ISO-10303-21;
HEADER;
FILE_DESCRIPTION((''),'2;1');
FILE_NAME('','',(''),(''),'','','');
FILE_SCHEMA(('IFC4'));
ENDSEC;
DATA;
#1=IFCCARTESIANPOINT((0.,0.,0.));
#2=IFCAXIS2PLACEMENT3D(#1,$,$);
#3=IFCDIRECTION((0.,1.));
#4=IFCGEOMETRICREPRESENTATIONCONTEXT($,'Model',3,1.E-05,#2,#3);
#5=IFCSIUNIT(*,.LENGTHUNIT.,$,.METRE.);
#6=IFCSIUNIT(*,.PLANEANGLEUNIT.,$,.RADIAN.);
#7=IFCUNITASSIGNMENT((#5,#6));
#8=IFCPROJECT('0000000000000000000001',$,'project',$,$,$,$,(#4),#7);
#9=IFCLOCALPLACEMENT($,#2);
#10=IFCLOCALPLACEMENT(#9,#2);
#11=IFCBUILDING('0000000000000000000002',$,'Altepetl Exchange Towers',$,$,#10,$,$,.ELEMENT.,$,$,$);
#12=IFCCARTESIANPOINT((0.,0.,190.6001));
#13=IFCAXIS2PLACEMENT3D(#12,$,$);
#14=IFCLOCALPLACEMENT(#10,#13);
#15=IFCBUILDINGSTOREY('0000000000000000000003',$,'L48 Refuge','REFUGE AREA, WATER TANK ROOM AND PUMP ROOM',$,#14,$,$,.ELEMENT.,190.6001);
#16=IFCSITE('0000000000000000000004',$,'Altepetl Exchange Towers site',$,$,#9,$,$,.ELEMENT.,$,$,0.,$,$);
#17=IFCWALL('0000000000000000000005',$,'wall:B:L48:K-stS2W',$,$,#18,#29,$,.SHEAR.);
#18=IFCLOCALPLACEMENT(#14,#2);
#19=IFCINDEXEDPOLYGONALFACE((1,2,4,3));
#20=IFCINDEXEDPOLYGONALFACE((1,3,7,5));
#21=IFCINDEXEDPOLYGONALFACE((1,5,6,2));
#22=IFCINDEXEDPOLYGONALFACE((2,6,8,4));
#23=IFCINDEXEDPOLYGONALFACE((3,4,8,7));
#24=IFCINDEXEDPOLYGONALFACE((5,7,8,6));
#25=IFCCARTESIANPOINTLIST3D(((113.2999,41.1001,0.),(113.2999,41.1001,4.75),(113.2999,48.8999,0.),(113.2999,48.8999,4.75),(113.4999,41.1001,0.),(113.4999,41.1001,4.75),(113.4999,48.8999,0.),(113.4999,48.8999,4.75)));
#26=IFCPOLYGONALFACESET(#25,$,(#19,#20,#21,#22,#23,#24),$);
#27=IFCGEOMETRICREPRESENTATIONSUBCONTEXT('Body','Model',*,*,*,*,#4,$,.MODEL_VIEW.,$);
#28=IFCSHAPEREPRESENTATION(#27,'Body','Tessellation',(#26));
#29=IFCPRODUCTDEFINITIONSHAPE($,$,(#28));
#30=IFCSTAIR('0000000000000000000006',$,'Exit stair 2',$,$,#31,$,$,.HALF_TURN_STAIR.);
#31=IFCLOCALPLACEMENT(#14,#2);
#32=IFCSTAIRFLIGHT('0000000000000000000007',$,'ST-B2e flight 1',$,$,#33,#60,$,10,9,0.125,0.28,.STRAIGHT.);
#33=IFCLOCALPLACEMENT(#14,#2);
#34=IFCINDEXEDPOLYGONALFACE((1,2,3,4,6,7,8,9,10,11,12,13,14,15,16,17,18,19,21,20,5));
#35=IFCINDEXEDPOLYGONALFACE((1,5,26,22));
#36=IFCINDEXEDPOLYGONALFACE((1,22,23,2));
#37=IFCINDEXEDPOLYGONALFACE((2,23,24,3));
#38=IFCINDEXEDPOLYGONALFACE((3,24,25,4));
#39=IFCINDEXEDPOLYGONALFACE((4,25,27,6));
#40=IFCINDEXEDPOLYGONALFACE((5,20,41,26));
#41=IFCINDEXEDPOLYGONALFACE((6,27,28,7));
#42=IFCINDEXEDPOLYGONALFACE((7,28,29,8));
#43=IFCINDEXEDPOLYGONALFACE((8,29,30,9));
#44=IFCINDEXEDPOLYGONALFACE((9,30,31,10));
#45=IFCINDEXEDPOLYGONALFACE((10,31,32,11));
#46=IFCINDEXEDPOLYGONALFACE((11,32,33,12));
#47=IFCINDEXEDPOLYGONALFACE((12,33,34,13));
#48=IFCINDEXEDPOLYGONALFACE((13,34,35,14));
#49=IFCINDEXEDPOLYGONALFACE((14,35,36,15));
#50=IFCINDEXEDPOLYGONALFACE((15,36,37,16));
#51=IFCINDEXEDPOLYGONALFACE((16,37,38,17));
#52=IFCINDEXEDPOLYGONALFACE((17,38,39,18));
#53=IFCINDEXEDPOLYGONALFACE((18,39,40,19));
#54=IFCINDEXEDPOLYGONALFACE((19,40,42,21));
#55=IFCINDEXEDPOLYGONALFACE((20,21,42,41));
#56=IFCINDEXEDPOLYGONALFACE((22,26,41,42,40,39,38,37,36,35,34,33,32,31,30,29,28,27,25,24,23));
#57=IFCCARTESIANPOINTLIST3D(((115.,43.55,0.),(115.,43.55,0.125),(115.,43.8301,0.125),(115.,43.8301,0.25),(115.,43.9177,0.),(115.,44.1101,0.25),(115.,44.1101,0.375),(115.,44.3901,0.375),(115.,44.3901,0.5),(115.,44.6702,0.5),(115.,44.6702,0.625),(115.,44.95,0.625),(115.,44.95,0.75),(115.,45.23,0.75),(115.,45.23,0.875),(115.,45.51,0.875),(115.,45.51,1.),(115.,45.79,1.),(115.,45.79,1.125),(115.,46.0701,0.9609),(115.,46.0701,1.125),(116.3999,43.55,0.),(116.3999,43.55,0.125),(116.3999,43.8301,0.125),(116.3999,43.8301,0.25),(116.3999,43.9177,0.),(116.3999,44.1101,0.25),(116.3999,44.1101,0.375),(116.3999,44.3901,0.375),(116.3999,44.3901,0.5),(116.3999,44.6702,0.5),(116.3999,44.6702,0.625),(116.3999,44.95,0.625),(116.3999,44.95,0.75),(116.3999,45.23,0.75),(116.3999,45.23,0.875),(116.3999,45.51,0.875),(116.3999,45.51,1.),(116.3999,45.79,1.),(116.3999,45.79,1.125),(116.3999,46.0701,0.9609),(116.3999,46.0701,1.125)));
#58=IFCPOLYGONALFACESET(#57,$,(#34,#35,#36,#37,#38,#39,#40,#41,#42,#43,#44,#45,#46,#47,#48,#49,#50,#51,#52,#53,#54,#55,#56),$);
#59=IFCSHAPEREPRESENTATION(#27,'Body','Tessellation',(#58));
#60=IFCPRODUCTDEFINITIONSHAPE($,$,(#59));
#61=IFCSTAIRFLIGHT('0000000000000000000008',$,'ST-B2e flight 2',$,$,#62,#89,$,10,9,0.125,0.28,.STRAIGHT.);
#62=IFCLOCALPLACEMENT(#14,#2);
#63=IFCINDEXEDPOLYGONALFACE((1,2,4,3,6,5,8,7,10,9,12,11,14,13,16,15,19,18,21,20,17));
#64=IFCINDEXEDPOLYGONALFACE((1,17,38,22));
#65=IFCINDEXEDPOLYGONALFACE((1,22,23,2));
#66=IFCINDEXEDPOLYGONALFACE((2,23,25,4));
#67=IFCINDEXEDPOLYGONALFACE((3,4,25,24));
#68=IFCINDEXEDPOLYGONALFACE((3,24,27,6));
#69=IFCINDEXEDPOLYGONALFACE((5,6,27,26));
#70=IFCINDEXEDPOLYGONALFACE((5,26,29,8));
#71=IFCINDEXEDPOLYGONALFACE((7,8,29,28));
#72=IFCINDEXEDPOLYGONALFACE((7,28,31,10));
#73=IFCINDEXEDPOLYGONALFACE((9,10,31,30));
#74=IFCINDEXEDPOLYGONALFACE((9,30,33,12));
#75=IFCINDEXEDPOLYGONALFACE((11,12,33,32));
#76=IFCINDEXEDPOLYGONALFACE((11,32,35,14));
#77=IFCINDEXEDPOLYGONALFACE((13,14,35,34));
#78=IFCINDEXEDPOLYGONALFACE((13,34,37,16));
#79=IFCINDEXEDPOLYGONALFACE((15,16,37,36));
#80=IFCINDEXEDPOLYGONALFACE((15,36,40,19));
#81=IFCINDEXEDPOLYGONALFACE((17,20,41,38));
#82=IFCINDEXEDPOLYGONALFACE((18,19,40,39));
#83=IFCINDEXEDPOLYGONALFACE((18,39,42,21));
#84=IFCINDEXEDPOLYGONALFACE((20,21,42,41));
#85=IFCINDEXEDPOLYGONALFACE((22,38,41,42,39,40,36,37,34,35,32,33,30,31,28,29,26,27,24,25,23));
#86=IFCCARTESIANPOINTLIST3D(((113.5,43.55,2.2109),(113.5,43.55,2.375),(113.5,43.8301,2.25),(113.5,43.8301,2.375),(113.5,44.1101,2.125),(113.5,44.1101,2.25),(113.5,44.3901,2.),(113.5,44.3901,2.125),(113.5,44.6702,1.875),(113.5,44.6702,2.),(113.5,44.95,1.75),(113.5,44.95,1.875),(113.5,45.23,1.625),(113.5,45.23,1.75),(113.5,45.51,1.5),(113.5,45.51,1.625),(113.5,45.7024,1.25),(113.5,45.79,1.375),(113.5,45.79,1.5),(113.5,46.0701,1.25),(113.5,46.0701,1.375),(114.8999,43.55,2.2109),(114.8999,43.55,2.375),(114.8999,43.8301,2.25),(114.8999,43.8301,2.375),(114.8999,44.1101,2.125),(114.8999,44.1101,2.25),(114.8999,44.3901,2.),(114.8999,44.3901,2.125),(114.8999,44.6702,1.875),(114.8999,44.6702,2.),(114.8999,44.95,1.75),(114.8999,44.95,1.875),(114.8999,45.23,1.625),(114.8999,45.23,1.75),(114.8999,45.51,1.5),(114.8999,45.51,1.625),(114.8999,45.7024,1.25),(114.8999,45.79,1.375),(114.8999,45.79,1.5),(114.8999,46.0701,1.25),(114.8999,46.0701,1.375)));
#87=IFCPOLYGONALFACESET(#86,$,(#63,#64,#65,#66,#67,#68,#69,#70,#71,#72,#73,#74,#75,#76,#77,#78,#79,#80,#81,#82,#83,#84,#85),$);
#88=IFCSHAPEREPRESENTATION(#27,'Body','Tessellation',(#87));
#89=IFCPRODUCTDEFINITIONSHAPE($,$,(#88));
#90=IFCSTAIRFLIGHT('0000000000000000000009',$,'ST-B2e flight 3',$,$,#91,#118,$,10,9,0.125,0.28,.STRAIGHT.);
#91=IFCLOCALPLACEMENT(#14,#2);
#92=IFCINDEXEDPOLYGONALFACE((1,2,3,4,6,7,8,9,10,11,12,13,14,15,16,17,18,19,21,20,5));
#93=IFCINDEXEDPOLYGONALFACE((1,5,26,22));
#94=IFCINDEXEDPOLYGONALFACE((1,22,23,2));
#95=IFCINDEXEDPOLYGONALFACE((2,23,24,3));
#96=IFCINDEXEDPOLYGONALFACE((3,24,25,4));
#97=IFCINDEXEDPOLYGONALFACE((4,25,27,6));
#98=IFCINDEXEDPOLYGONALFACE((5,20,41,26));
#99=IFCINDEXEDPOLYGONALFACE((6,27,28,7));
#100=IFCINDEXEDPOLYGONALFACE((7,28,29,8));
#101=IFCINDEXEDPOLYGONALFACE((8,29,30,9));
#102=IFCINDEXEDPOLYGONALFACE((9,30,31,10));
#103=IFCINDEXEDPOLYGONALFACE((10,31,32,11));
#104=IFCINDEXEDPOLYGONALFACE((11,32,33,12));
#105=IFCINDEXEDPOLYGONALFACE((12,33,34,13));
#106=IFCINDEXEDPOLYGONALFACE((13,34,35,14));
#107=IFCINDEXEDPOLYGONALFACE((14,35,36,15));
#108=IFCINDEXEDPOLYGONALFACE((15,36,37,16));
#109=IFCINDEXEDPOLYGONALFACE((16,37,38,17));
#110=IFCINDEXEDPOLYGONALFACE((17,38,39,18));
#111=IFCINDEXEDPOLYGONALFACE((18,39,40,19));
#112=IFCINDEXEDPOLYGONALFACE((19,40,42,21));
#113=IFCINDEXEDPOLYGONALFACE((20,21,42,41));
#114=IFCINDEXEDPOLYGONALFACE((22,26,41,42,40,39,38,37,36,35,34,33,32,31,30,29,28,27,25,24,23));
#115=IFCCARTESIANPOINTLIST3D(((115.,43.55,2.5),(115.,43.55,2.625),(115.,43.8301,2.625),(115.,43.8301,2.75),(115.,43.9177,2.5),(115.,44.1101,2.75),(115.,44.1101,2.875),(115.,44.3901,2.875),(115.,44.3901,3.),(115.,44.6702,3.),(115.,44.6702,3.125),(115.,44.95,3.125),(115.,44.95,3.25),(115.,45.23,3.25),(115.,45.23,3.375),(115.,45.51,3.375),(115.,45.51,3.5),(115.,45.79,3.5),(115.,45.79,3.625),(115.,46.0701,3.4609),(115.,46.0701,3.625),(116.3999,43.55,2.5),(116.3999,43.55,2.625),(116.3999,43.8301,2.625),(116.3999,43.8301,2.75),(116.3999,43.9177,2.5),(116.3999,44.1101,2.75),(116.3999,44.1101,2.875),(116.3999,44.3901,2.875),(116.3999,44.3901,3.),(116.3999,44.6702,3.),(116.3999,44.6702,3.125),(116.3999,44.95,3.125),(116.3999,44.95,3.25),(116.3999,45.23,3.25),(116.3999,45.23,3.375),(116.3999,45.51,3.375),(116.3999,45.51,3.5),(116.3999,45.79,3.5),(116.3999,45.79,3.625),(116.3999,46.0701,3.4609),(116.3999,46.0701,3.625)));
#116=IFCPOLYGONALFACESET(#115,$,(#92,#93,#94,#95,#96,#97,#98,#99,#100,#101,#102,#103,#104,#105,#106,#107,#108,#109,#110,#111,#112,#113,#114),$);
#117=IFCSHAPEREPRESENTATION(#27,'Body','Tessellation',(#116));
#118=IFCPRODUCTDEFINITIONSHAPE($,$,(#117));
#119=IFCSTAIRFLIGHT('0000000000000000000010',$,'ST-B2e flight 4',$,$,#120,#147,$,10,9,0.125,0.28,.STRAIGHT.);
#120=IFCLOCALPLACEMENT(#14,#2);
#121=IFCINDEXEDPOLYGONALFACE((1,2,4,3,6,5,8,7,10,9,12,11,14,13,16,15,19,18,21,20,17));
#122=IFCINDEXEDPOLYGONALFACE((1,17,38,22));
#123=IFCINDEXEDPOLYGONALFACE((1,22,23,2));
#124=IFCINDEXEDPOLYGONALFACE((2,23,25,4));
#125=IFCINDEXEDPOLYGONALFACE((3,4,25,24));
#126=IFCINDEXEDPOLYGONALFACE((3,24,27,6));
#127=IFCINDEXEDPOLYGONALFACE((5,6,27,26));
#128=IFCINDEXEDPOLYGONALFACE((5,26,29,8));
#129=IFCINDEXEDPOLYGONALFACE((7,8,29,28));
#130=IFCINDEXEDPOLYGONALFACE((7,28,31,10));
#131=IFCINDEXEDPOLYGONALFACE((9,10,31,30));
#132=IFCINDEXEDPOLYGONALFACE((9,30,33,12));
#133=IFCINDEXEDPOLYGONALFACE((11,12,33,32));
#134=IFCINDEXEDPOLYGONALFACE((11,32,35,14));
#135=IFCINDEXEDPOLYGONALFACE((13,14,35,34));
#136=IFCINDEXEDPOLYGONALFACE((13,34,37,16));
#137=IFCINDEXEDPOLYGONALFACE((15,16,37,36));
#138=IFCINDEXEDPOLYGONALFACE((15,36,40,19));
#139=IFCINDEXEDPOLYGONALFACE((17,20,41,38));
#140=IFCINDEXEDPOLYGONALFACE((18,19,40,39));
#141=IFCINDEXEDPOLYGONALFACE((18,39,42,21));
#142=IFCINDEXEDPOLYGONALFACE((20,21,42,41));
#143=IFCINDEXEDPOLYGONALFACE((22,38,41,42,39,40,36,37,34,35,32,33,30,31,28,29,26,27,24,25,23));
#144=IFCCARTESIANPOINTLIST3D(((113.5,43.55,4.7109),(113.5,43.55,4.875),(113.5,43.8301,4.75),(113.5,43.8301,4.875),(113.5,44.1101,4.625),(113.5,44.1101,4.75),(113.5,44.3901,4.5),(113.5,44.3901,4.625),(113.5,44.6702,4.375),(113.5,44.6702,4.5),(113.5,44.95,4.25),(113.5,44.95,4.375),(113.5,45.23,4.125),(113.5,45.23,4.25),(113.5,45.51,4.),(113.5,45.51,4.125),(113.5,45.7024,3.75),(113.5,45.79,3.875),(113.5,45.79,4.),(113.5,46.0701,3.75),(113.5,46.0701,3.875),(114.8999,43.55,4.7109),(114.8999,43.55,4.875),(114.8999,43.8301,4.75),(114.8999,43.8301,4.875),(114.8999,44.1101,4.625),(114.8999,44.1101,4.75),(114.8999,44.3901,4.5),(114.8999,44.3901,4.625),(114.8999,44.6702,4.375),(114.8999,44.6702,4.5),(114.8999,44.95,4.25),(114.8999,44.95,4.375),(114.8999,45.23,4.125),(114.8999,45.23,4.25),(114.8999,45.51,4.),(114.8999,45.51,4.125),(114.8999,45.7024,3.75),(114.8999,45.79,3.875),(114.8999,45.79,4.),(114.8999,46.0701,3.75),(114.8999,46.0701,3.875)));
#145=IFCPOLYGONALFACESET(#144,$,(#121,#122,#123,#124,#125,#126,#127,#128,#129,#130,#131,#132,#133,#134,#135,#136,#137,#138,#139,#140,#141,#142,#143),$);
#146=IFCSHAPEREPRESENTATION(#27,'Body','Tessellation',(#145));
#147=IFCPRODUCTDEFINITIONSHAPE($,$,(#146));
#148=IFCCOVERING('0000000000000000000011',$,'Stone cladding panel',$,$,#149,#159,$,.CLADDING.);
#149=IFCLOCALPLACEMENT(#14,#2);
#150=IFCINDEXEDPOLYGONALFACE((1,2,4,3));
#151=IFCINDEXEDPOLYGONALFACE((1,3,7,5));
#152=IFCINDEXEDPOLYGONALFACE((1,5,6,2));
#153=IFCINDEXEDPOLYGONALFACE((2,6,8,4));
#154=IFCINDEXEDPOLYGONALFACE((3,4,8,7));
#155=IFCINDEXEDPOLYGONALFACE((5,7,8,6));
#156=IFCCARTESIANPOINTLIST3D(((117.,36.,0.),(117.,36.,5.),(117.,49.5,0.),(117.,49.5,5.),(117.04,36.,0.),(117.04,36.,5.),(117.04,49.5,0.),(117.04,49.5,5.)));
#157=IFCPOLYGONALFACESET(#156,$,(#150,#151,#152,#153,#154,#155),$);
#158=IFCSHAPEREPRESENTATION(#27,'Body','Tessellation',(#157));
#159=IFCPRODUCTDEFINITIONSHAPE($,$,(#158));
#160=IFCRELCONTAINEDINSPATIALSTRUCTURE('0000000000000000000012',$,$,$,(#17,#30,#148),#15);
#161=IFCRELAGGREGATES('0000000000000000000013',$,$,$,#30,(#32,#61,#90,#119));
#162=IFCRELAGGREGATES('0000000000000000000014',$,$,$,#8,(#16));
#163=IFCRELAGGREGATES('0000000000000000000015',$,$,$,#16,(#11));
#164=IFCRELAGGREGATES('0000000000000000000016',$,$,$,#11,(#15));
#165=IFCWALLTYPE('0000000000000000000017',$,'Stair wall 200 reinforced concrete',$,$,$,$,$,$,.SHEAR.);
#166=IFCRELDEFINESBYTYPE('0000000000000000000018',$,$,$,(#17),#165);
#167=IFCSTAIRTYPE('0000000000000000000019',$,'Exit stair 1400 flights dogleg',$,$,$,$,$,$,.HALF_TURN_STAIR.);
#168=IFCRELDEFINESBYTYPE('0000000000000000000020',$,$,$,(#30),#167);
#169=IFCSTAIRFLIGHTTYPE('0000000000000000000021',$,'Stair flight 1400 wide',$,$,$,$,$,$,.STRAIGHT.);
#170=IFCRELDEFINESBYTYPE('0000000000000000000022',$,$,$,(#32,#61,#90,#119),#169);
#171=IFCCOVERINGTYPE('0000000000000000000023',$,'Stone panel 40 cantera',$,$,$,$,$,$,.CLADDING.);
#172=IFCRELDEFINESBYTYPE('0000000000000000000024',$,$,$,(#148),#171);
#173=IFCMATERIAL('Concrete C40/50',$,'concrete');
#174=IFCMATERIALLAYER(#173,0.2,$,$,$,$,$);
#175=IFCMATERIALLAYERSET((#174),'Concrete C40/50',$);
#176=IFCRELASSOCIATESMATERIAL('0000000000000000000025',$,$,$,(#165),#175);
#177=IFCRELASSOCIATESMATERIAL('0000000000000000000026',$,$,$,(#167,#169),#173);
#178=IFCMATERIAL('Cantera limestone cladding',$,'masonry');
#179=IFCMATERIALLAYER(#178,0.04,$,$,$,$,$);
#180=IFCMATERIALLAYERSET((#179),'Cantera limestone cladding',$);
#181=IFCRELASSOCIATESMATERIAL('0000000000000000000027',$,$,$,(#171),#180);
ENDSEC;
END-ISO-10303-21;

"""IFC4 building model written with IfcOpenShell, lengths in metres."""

from ifc_helpers import new_model, si_unit, direction, frame, frame_2d, origin, origin_2d, place, context, subcontext, project, spatial, polyline, rectangle, outline, extrude, material, layer, layer_set, type_object, element, aggregate, save


model = new_model("IFC4")

# Units and contexts
model_context = context("Model", 3, precision=1e-05, world=origin(), true_north=direction((0.0, 1.0)))
body_context = subcontext(model_context, "Body", "Model", "MODEL_VIEW")
ifc_project = project(units=[si_unit("LENGTHUNIT", "METRE"), si_unit("PLANEANGLEUNIT", "RADIAN")], contexts=[model_context])

# Site, building, storey
site_placement = place(None, origin())
site = spatial("IfcSite", under=ifc_project, at=site_placement, Name="Altepetl Exchange Towers site", CompositionType="ELEMENT", RefElevation=0.0)
building_placement = place(site_placement, origin())
building = spatial("IfcBuilding", under=site, at=building_placement, Name="Altepetl Exchange Towers", CompositionType="ELEMENT")
storey_placement = place(building_placement, frame((0.0, 0.0, 190.6001)))
storey = spatial("IfcBuildingStorey", under=building, at=storey_placement, Name="L48 Refuge", Description="REFUGE AREA, WATER TANK ROOM AND PUMP ROOM", CompositionType="ELEMENT", Elevation=190.6001)

# Shared definitions
ifc_material_1 = material(Name="Concrete C40/50", Category="concrete")

# Shared definitions
ifc_layer_1 = layer(ifc_material_1, 0.2)
ifc_layer_set_1 = layer_set([ifc_layer_1], Name="Concrete C40/50")
wall_type_1 = type_object("IfcWallType", Name="Stair wall 200 reinforced concrete", PredefinedType="SHEAR", material=ifc_layer_set_1)

# Wall
wall_1_placement = place(storey_placement, frame((113.3999, 41.1001, 0.0), z_axis=(0.0, 0.0, 1.0), x_axis=(0.0, 1.0, 0.0)))
element("IfcWall", 1, at=wall_1_placement, inside=storey, type_object=wall_type_1, Name="wall:B:L48:K-stS2W", PredefinedType="SHEAR", context=body_context, shape_type="SweptSolid", body=[
    extrude(rectangle(XDim=7.7998, YDim=0.2, at=frame_2d((3.8999, 0.0))), origin(), (0.0, 0.0, 1.0), 4.75),
])

# Stair, stair flights
stair_type = type_object("IfcStairType", Name="Exit stair 1400 flights dogleg", PredefinedType="HALF_TURN_STAIR", material=ifc_material_1)
stair_placement = place(storey_placement, origin())
stair = element("IfcStair", 2, at=stair_placement, inside=storey, type_object=stair_type, Name="Exit stair 2", PredefinedType="HALF_TURN_STAIR")
stair_flight_type = type_object("IfcStairFlightType", Name="Stair flight 1400 wide", PredefinedType="STRAIGHT", material=ifc_material_1)
stair_flight_1_placement = place(storey_placement, frame((115.7, 43.55, 0.0), z_axis=(0.0, 0.0, 1.0), x_axis=(0.0, 1.0, 0.0)))
stair_flight_1 = element("IfcStairFlight", 3, at=stair_flight_1_placement, type_object=stair_flight_type, Name="ST-B2e flight 1", NumberOfRisers=10, NumberOfTreads=9, PredefinedType="STRAIGHT", RiserHeight=0.125, TreadLength=0.28, context=body_context, shape_type="SweptSolid", body=[
    extrude(outline(polyline([(0.0, 0.0), (0.0, 0.125), (0.28, 0.125), (0.28, 0.25), (0.5601, 0.25), (0.5601, 0.375), (0.8401, 0.375), (0.8401, 0.5), (1.1201, 0.5), (1.1201, 0.625), (1.3999, 0.625), (1.3999, 0.75), (1.6799, 0.75), (1.6799, 0.875), (1.96, 0.875), (1.96, 1.0), (2.24, 1.0), (2.24, 1.125), (2.52, 1.125), (2.52, 1.25), (2.52, 0.9609), (0.3677, 0.0), (0.0, 0.0)])), frame((0.0, 0.7, 0.0), z_axis=(0.0, -1.0, 0.0), x_axis=(1.0, 0.0, 0.0)), (0.0, 0.0, 1.0), 1.3999),
])
stair_flight_2_placement = place(storey_placement, frame((114.2, 46.0701, 1.25), z_axis=(0.0, 0.0, 1.0), x_axis=(0.0, -1.0, 0.0)))
stair_flight_2 = element("IfcStairFlight", 4, at=stair_flight_2_placement, type_object=stair_flight_type, Name="ST-B2e flight 2", NumberOfRisers=10, NumberOfTreads=9, PredefinedType="STRAIGHT", RiserHeight=0.125, TreadLength=0.28, context=body_context, shape_type="SweptSolid", body=[
    extrude(outline(polyline([(0.0, 0.0), (0.0, 0.125), (0.28, 0.125), (0.28, 0.25), (0.5601, 0.25), (0.5601, 0.375), (0.8401, 0.375), (0.8401, 0.5), (1.1201, 0.5), (1.1201, 0.625), (1.3999, 0.625), (1.3999, 0.75), (1.6799, 0.75), (1.6799, 0.875), (1.96, 0.875), (1.96, 1.0), (2.24, 1.0), (2.24, 1.125), (2.52, 1.125), (2.52, 1.25), (2.52, 0.9609), (0.3677, 0.0), (0.0, 0.0)])), frame((0.0, 0.7, 0.0), z_axis=(0.0, -1.0, 0.0), x_axis=(1.0, 0.0, 0.0)), (0.0, 0.0, 1.0), 1.3999),
])
stair_flight_3_placement = place(storey_placement, frame((115.7, 43.55, 2.5), z_axis=(0.0, 0.0, 1.0), x_axis=(0.0, 1.0, 0.0)))
stair_flight_3 = element("IfcStairFlight", 5, at=stair_flight_3_placement, type_object=stair_flight_type, Name="ST-B2e flight 3", NumberOfRisers=10, NumberOfTreads=9, PredefinedType="STRAIGHT", RiserHeight=0.125, TreadLength=0.28, context=body_context, shape_type="SweptSolid", body=[
    extrude(outline(polyline([(0.0, 0.0), (0.0, 0.125), (0.28, 0.125), (0.28, 0.25), (0.5601, 0.25), (0.5601, 0.375), (0.8401, 0.375), (0.8401, 0.5), (1.1201, 0.5), (1.1201, 0.625), (1.3999, 0.625), (1.3999, 0.75), (1.6799, 0.75), (1.6799, 0.875), (1.96, 0.875), (1.96, 1.0), (2.24, 1.0), (2.24, 1.125), (2.52, 1.125), (2.52, 1.25), (2.52, 0.9609), (0.3677, 0.0), (0.0, 0.0)])), frame((0.0, 0.7, 0.0), z_axis=(0.0, -1.0, 0.0), x_axis=(1.0, 0.0, 0.0)), (0.0, 0.0, 1.0), 1.3999),
])
stair_flight_4_placement = place(storey_placement, frame((114.2, 46.0701, 3.75), z_axis=(0.0, 0.0, 1.0), x_axis=(0.0, -1.0, 0.0)))
stair_flight_4 = element("IfcStairFlight", 6, at=stair_flight_4_placement, type_object=stair_flight_type, Name="ST-B2e flight 4", NumberOfRisers=10, NumberOfTreads=9, PredefinedType="STRAIGHT", RiserHeight=0.125, TreadLength=0.28, context=body_context, shape_type="SweptSolid", body=[
    extrude(outline(polyline([(0.0, 0.0), (0.0, 0.125), (0.28, 0.125), (0.28, 0.25), (0.5601, 0.25), (0.5601, 0.375), (0.8401, 0.375), (0.8401, 0.5), (1.1201, 0.5), (1.1201, 0.625), (1.3999, 0.625), (1.3999, 0.75), (1.6799, 0.75), (1.6799, 0.875), (1.96, 0.875), (1.96, 1.0), (2.24, 1.0), (2.24, 1.125), (2.52, 1.125), (2.52, 1.25), (2.52, 0.9609), (0.3677, 0.0), (0.0, 0.0)])), frame((0.0, 0.7, 0.0), z_axis=(0.0, -1.0, 0.0), x_axis=(1.0, 0.0, 0.0)), (0.0, 0.0, 1.0), 1.3999),
])
aggregate(stair, [stair_flight_1, stair_flight_2, stair_flight_3, stair_flight_4])

# Covering
ifc_material_2 = material(Name="Cantera limestone cladding", Category="masonry")
ifc_layer_2 = layer(ifc_material_2, 0.04)
ifc_layer_set_2 = layer_set([ifc_layer_2], Name="Cantera limestone cladding")
covering_type = type_object("IfcCoveringType", Name="Stone panel 40 cantera", PredefinedType="CLADDING", material=ifc_layer_set_2)
covering_placement = place(storey_placement, frame((117.02, 42.75, 0.0), z_axis=(0.0, 0.0, 1.0), x_axis=(0.0, 1.0, 0.0)))
element("IfcCovering", 7, at=covering_placement, inside=storey, type_object=covering_type, Name="Stone cladding panel", PredefinedType="CLADDING", context=body_context, shape_type="SweptSolid", body=[
    extrude(rectangle(XDim=13.5, YDim=0.04, at=origin_2d()), origin(), (0.0, 0.0, 1.0), 5.0),
])

save(model, "model.ifc")
